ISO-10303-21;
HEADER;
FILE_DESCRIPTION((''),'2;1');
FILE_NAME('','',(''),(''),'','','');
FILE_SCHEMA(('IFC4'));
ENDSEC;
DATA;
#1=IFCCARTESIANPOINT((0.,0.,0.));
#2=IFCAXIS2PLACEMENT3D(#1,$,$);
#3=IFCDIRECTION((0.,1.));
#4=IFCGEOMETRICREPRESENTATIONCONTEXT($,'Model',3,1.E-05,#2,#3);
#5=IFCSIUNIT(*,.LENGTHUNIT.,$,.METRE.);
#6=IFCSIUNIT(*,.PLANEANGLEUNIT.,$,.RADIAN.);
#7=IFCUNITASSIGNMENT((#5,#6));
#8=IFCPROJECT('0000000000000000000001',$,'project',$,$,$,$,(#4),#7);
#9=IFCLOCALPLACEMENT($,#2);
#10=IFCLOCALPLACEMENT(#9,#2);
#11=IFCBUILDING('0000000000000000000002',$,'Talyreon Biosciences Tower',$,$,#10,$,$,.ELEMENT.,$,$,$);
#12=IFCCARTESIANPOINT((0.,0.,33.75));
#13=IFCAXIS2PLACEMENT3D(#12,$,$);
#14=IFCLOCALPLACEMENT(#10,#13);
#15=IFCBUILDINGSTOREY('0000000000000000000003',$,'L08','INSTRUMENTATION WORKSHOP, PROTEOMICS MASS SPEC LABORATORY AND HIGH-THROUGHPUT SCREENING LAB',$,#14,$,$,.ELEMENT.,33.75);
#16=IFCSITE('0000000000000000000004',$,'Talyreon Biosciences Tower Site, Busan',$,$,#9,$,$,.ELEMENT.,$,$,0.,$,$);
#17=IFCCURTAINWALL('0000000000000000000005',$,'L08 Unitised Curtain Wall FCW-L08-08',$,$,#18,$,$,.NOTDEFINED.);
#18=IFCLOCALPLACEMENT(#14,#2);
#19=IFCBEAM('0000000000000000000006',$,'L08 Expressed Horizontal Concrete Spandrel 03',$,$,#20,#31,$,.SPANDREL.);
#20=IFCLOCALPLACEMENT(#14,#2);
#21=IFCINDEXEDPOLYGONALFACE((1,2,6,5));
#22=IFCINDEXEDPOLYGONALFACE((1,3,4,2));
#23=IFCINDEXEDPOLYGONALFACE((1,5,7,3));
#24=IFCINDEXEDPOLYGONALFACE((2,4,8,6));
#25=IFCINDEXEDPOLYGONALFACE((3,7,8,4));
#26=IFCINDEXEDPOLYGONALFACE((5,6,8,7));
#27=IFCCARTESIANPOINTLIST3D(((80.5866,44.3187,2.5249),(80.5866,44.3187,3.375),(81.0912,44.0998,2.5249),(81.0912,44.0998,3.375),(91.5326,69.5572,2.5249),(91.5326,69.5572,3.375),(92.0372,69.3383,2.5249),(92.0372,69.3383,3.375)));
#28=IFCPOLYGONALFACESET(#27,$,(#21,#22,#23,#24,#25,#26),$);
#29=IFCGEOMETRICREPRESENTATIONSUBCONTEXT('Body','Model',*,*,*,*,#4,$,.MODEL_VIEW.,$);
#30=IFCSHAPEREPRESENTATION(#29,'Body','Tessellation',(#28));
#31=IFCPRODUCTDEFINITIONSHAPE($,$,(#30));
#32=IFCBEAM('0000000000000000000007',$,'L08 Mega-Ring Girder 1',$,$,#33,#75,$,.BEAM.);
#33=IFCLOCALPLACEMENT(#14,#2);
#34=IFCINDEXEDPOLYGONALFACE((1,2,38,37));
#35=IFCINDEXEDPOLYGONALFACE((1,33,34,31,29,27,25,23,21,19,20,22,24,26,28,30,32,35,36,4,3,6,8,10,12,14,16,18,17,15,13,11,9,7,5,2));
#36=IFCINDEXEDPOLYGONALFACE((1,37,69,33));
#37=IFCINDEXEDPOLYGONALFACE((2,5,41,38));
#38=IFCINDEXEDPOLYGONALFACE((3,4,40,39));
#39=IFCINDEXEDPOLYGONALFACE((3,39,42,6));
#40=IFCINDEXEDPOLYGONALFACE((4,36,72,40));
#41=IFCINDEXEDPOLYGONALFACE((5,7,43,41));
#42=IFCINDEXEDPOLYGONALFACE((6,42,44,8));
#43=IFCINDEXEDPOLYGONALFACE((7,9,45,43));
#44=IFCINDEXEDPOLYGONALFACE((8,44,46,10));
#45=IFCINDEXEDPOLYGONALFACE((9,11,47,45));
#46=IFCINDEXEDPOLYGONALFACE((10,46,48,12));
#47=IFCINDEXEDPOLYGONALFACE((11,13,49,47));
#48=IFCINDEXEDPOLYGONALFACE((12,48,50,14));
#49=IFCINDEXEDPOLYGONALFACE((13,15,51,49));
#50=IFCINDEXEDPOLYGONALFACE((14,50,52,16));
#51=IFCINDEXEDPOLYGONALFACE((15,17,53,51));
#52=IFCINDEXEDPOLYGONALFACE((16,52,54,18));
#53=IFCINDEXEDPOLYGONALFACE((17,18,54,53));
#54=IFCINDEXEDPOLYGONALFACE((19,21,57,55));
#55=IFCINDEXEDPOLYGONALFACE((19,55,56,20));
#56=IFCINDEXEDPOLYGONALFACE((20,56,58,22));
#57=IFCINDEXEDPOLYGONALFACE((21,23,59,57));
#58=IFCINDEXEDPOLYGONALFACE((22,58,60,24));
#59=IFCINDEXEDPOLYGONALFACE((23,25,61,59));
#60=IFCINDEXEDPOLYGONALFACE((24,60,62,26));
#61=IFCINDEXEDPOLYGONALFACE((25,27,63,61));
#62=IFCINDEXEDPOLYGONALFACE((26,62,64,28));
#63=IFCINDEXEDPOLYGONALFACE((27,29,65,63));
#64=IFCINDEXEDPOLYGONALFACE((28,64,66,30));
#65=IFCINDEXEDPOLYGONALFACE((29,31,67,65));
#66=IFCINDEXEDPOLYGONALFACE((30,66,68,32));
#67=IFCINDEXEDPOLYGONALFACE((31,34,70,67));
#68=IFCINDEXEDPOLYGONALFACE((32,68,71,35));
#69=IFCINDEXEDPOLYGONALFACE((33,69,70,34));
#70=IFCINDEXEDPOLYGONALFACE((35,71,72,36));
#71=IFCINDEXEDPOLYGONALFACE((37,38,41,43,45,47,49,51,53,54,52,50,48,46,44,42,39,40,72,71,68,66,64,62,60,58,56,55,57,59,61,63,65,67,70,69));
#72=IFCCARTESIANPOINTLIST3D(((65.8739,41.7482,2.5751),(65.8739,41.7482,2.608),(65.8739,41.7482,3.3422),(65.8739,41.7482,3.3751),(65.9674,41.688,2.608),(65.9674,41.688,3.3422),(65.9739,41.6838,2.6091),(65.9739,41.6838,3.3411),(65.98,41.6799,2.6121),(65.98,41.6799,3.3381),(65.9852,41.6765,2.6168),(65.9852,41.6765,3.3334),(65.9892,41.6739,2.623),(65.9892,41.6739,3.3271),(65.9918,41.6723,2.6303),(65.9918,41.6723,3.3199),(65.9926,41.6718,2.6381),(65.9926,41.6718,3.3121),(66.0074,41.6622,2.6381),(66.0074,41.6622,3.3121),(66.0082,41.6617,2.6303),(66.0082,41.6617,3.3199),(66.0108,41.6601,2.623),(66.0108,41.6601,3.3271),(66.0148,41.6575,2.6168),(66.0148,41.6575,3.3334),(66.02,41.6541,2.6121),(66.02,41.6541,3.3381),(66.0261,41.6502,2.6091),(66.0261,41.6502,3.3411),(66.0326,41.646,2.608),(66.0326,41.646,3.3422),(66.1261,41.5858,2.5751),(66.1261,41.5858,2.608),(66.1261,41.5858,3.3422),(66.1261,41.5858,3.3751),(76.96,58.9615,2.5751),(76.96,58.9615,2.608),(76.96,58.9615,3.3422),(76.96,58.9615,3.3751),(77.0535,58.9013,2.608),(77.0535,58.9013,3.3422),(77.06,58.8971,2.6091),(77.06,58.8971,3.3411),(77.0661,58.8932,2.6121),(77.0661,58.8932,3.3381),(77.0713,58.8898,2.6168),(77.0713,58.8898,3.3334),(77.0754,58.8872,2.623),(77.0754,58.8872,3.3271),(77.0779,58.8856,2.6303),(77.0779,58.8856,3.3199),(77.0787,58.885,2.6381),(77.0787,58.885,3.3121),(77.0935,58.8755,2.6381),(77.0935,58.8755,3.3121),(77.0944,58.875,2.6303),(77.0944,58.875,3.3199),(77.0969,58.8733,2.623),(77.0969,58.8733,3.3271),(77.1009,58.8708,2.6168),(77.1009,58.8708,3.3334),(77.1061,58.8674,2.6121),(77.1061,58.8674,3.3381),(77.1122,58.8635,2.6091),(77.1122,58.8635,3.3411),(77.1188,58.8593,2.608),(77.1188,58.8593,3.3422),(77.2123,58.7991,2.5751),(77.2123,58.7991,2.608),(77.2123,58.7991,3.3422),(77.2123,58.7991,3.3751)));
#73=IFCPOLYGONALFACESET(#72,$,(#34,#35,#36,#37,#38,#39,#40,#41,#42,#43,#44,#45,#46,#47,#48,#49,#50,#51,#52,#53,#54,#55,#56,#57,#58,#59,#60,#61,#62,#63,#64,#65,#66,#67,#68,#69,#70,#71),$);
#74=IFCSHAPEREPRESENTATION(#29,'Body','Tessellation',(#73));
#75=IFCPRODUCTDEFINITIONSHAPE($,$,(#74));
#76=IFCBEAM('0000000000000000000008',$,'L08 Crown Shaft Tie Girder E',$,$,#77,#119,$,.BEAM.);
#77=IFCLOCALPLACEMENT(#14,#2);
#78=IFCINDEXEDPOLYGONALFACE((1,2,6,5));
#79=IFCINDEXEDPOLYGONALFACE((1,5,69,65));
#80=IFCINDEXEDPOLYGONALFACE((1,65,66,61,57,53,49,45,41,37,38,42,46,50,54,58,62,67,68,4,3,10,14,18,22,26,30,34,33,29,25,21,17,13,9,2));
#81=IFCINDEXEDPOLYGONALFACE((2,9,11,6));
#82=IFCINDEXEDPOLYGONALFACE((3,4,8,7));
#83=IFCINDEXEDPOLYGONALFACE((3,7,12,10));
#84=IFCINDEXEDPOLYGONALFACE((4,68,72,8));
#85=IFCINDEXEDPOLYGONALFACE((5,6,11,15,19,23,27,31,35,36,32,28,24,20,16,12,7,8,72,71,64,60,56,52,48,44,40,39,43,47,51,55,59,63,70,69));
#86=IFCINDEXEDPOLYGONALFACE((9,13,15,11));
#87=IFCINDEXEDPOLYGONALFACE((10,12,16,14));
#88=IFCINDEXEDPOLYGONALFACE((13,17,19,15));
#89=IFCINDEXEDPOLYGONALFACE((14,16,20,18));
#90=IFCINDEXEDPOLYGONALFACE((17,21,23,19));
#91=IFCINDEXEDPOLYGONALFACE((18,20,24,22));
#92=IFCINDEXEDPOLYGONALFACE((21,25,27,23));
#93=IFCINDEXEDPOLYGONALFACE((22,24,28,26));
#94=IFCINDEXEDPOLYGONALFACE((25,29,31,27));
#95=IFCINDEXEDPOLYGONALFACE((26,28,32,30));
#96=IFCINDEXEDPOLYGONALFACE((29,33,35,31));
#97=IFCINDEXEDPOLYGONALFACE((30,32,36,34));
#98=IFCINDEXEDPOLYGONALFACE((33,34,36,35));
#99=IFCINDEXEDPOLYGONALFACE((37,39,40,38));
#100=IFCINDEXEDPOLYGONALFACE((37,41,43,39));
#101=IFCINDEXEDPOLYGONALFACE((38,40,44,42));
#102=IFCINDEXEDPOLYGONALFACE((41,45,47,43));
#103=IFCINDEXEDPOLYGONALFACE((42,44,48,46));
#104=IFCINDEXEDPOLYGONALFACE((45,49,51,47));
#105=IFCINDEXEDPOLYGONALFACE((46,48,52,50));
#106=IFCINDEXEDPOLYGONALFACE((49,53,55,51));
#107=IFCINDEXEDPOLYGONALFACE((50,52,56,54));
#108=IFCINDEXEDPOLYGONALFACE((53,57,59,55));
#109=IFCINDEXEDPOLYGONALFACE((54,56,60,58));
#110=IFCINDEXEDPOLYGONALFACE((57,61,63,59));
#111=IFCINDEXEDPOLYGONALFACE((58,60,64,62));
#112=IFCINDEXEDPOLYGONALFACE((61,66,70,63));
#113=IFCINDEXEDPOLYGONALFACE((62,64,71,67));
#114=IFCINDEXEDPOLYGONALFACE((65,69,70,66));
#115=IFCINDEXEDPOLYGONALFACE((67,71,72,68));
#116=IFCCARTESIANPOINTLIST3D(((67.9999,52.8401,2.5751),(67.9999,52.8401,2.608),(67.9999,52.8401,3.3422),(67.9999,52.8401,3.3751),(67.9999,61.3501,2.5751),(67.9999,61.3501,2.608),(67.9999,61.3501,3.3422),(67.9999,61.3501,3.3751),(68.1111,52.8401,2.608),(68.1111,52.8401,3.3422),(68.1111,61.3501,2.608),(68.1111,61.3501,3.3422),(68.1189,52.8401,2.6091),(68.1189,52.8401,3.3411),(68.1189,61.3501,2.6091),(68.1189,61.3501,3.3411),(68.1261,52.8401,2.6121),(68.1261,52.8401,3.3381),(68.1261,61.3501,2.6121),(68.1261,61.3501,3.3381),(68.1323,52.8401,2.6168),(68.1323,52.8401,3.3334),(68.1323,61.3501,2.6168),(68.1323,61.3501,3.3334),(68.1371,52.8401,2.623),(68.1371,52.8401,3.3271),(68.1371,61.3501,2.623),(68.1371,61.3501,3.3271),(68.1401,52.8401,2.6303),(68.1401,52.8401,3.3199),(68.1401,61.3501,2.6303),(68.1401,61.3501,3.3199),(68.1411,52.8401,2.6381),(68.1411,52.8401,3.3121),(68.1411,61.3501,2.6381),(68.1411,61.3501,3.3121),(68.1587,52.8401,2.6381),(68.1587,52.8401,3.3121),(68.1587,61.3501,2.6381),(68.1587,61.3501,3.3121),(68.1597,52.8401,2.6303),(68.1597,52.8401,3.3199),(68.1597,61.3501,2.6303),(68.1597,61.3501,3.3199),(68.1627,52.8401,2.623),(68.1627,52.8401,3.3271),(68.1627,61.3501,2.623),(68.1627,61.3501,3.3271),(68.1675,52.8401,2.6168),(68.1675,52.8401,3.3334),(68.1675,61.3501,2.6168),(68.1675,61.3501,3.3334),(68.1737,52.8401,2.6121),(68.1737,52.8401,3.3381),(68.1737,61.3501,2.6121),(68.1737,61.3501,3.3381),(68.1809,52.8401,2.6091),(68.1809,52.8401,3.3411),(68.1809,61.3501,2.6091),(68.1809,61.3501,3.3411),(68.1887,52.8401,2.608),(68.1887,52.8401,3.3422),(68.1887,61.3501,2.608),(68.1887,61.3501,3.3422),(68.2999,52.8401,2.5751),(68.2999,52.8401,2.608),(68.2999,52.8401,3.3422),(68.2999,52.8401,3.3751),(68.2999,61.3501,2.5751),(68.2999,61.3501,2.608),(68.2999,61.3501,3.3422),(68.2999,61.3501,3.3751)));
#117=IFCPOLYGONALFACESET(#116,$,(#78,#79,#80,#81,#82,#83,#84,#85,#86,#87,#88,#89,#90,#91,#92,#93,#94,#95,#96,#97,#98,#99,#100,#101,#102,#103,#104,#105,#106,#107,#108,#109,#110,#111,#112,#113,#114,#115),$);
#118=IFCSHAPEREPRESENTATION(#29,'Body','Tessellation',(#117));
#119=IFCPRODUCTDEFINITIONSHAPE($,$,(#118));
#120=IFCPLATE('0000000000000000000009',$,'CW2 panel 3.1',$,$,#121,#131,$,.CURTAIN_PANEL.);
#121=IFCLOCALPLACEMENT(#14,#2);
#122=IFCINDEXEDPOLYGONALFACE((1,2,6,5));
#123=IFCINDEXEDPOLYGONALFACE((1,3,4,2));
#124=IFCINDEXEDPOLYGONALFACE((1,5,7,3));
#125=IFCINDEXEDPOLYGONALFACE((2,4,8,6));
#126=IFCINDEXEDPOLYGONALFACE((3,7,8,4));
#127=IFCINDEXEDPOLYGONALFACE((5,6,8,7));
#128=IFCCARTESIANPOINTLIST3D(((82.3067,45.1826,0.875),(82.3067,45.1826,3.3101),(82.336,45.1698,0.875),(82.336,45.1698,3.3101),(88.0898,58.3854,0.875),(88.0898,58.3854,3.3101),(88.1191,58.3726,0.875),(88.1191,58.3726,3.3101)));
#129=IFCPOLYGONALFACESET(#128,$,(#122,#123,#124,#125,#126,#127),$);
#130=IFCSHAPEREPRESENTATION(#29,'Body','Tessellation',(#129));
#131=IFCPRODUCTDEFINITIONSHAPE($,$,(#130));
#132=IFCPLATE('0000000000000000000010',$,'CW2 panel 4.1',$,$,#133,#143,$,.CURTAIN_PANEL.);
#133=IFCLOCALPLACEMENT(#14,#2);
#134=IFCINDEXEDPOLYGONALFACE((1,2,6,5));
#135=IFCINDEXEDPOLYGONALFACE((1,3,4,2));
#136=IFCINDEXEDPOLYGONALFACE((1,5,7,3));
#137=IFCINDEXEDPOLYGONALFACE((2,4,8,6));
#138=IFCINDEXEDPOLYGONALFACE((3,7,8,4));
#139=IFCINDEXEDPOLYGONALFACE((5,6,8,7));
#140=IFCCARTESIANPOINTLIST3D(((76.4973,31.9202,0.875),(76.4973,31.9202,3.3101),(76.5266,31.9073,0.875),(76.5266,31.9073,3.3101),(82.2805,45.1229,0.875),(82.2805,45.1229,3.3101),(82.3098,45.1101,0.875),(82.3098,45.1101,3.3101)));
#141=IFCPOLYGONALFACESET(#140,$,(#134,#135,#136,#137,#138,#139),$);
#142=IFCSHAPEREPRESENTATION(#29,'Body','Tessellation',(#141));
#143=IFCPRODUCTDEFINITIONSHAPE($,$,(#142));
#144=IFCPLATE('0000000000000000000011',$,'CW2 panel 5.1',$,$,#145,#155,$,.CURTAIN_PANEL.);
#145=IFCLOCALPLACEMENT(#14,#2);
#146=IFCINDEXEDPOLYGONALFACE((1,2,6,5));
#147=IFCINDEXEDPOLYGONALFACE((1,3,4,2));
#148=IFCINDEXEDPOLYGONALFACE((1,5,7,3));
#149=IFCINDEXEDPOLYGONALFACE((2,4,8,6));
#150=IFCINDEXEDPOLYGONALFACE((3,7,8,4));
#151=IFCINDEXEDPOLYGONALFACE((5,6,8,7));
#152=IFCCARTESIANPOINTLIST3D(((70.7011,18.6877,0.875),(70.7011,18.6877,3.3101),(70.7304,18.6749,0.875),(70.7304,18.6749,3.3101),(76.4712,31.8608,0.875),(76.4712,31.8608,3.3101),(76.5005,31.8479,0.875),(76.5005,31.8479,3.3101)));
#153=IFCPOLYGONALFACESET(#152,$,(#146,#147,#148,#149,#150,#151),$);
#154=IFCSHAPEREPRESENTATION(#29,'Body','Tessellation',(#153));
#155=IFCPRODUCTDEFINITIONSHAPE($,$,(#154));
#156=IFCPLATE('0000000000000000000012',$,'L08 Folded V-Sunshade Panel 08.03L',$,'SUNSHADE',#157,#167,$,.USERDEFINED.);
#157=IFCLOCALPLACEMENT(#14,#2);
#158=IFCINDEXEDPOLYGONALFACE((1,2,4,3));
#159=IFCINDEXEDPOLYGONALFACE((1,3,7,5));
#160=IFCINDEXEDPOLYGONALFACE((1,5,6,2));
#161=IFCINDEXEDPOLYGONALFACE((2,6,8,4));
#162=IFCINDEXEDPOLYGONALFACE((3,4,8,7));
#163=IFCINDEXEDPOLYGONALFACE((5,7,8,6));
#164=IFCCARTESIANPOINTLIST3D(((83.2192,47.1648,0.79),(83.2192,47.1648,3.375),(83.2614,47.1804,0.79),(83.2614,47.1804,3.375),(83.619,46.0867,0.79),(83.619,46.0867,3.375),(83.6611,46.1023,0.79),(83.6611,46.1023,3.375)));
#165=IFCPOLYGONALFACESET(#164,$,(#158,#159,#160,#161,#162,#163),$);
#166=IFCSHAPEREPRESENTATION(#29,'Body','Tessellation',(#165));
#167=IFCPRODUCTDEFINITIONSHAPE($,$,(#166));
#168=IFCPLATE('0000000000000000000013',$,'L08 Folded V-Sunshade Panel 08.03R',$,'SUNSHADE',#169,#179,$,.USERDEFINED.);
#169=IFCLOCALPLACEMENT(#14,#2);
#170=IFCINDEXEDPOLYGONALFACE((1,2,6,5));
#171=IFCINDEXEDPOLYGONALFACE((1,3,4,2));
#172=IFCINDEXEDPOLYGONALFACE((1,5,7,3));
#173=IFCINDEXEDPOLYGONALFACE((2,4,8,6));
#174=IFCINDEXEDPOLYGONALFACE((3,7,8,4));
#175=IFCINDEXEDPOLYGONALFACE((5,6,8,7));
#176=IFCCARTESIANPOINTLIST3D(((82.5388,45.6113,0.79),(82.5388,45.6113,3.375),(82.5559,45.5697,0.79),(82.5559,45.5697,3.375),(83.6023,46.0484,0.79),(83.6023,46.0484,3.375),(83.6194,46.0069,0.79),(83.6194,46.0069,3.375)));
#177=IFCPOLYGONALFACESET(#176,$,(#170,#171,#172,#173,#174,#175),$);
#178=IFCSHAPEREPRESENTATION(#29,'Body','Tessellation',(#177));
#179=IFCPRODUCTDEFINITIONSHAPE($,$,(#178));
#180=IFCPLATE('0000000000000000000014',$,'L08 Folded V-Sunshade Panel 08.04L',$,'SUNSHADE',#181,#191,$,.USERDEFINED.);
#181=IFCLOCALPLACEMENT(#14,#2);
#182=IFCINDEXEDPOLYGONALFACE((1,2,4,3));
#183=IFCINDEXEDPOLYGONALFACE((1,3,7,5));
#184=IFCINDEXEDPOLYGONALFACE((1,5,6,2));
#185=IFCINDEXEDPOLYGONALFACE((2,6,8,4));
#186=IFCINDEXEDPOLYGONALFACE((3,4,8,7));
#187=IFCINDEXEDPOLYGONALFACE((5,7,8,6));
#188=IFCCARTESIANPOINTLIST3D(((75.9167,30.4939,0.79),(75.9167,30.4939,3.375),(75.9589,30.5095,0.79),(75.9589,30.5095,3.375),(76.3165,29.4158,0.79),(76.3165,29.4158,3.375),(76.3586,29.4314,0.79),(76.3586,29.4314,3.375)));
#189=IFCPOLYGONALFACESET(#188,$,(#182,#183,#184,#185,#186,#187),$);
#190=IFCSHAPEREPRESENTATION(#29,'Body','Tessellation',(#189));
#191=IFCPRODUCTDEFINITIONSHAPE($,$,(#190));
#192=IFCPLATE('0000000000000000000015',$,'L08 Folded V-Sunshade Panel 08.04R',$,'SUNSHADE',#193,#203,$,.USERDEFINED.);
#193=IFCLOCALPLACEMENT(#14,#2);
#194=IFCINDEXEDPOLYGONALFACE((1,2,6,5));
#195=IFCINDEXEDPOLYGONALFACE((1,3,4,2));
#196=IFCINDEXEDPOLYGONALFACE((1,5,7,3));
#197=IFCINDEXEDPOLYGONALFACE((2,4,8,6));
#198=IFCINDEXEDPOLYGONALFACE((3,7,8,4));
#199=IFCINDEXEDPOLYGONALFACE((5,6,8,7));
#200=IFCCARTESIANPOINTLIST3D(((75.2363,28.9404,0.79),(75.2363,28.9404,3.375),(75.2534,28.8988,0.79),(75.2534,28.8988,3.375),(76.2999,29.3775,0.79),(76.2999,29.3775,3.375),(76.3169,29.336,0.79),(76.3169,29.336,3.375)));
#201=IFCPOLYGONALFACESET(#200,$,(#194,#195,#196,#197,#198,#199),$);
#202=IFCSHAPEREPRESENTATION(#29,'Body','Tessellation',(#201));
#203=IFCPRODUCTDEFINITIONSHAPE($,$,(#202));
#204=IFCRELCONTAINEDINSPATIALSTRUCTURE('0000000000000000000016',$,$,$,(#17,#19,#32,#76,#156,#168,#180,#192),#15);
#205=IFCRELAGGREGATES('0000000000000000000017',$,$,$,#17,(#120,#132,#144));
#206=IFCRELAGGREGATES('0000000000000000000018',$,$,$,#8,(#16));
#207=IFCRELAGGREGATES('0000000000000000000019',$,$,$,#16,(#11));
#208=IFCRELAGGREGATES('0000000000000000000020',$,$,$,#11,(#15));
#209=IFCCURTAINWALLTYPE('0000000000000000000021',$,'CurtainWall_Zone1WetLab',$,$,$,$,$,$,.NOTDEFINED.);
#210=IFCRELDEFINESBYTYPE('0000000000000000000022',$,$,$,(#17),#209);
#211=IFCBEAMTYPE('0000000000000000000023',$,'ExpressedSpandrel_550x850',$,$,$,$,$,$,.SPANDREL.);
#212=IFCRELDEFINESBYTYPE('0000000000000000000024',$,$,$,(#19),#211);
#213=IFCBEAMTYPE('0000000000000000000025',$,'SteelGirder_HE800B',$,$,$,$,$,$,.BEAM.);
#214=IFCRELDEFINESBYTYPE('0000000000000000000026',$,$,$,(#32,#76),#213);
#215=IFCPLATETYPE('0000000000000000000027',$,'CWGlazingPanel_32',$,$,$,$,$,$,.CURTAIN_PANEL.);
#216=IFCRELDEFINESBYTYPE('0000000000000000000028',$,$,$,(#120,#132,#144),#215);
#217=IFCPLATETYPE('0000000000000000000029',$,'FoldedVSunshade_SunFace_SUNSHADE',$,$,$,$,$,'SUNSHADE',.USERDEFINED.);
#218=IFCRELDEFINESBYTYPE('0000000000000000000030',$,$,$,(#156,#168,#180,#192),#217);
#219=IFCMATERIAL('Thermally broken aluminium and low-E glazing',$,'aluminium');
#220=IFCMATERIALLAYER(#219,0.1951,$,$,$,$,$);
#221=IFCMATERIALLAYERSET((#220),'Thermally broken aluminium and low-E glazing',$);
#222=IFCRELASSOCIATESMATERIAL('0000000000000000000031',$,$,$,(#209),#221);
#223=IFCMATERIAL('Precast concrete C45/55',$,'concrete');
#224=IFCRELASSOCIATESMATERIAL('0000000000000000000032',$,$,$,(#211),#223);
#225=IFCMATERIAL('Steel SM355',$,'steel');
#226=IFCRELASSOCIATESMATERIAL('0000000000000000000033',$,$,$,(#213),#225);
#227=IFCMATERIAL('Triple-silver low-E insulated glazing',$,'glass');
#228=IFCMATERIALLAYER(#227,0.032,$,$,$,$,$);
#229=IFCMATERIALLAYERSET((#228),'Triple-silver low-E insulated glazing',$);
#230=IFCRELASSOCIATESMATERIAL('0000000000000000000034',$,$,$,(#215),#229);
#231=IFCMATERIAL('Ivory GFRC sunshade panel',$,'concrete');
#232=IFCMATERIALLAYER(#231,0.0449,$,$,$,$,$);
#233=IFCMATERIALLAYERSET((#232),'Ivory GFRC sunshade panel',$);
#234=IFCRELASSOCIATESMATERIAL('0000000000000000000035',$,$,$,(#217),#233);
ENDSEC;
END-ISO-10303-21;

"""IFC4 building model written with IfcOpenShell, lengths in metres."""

from ifc_helpers import new_model, si_unit, direction, frame, origin, origin_2d, place, context, subcontext, project, spatial, rectangle, i_section, extrude, material, layer, layer_set, material_profile, profile_set, type_object, element, aggregate, save


model = new_model("IFC4")

# Units and contexts
model_context = context("Model", 3, precision=1e-05, world=origin(), true_north=direction((0.0, 1.0)))
body_context = subcontext(model_context, "Body", "Model", "MODEL_VIEW")
ifc_project = project(units=[si_unit("LENGTHUNIT", "METRE"), si_unit("PLANEANGLEUNIT", "RADIAN")], contexts=[model_context])

# Site, building, storey
site_placement = place(None, origin())
site = spatial("IfcSite", under=ifc_project, at=site_placement, Name="Talyreon Biosciences Tower Site, Busan", CompositionType="ELEMENT", RefElevation=0.0)
building_placement = place(site_placement, origin())
building = spatial("IfcBuilding", under=site, at=building_placement, Name="Talyreon Biosciences Tower", CompositionType="ELEMENT")
storey_placement = place(building_placement, frame((0.0, 0.0, 33.75)))
storey = spatial("IfcBuildingStorey", under=building, at=storey_placement, Name="L08", Description="INSTRUMENTATION WORKSHOP, PROTEOMICS MASS SPEC LABORATORY AND HIGH-THROUGHPUT SCREENING LAB", CompositionType="ELEMENT", Elevation=33.75)

# Shared definitions
ifc_material_1 = material(Name="Precast concrete C45/55", Category="concrete")

# Curtain wall
ifc_material_2 = material(Name="Thermally broken aluminium and low-E glazing", Category="aluminium")
ifc_layer_1 = layer(ifc_material_2, 0.1951)
ifc_layer_set_1 = layer_set([ifc_layer_1], Name="Thermally broken aluminium and low-E glazing")
curtain_wall_type = type_object("IfcCurtainWallType", Name="CurtainWall_Zone1WetLab", PredefinedType="NOTDEFINED", material=ifc_layer_set_1)
curtain_wall_placement = place(storey_placement, origin())
curtain_wall = element("IfcCurtainWall", 1, at=curtain_wall_placement, inside=storey, type_object=curtain_wall_type, Name="L08 Unitised Curtain Wall FCW-L08-08", PredefinedType="NOTDEFINED")

# Beams
ifc_material_profile_1 = material_profile(ifc_material_1, rectangle(XDim=0.55, YDim=0.8501, at=origin_2d()), Name="RCB 550x850")
ifc_profile_set_1 = profile_set([ifc_material_profile_1], Name="Precast concrete C45/55")
beam_type_1 = type_object("IfcBeamType", Name="ExpressedSpandrel_550x850", PredefinedType="SPANDREL", material=ifc_profile_set_1)
beam_1_placement = place(storey_placement, frame((80.8389, 44.2092, 2.95), z_axis=(0.397894, 0.917432, 0.0), x_axis=(-0.917432, 0.397894, 0.0)))
element("IfcBeam", 2, at=beam_1_placement, inside=storey, type_object=beam_type_1, Name="L08 Expressed Horizontal Concrete Spandrel 03", PredefinedType="SPANDREL", context=body_context, shape_type="SweptSolid", body=[
    extrude(rectangle(XDim=0.55, YDim=0.8501, at=origin_2d()), origin(), (0.0, 0.0, 1.0), 27.51),
])
ifc_material_3 = material(Name="Steel SM355", Category="steel")
ifc_material_profile_2 = material_profile(ifc_material_3, i_section(OverallWidth=0.3, OverallDepth=0.8, WebThickness=0.0176, FlangeThickness=0.033, FilletRadius=0.03, at=origin_2d()), Name="HE800B")
ifc_profile_set_2 = profile_set([ifc_material_profile_2], Name="Steel SM355")
beam_type_2 = type_object("IfcBeamType", Name="SteelGirder_HE800B", PredefinedType="BEAM", material=ifc_profile_set_2)
beam_2_placement = place(storey_placement, frame((66.0, 41.667, 2.9751), z_axis=(0.541464, 0.840724, 0.0), x_axis=(-0.840724, 0.541464, 0.0)))
element("IfcBeam", 3, at=beam_2_placement, inside=storey, type_object=beam_type_2, Name="L08 Mega-Ring Girder 1", PredefinedType="BEAM", context=body_context, shape_type="SweptSolid", body=[
    extrude(i_section(OverallWidth=0.3, OverallDepth=0.8, WebThickness=0.0176, FlangeThickness=0.033, FilletRadius=0.03, at=origin_2d()), origin(), (0.0, 0.0, 1.0), 20.4744),
])
beam_3_placement = place(storey_placement, frame((68.1499, 52.8401, 2.9751), z_axis=(0.0, 1.0, 0.0), x_axis=(-1.0, 0.0, 0.0)))
element("IfcBeam", 4, at=beam_3_placement, inside=storey, type_object=beam_type_2, Name="L08 Crown Shaft Tie Girder E", PredefinedType="BEAM", context=body_context, shape_type="SweptSolid", body=[
    extrude(i_section(OverallWidth=0.3, OverallDepth=0.8, WebThickness=0.0176, FlangeThickness=0.033, FilletRadius=0.03, at=origin_2d()), origin(), (0.0, 0.0, 1.0), 8.51),
])

# Plates
ifc_material_4 = material(Name="Triple-silver low-E insulated glazing", Category="glass")
ifc_layer_2 = layer(ifc_material_4, 0.032)
ifc_layer_set_2 = layer_set([ifc_layer_2], Name="Triple-silver low-E insulated glazing")
plate_type_1 = type_object("IfcPlateType", Name="CWGlazingPanel_32", PredefinedType="CURTAIN_PANEL", material=ifc_layer_set_2)
plate_1_placement = place(storey_placement, frame((85.2129, 51.7776, 0.875), z_axis=(0.0, 0.0, 1.0), x_axis=(-0.401223, -0.91598, 0.0)))
plate_1 = element("IfcPlate", 5, at=plate_1_placement, type_object=plate_type_1, Name="CW2 panel 3.1", PredefinedType="CURTAIN_PANEL", context=body_context, shape_type="SweptSolid", body=[
    extrude(rectangle(XDim=14.4138, YDim=0.032, at=origin_2d()), origin(), (0.0, 0.0, 1.0), 2.4351),
])
plate_2_placement = place(storey_placement, frame((79.4036, 38.5151, 0.875), z_axis=(0.0, 0.0, 1.0), x_axis=(-0.401223, -0.91598, 0.0)))
plate_2 = element("IfcPlate", 6, at=plate_2_placement, type_object=plate_type_1, Name="CW2 panel 4.1", PredefinedType="CURTAIN_PANEL", context=body_context, shape_type="SweptSolid", body=[
    extrude(rectangle(XDim=14.4138, YDim=0.032, at=origin_2d()), origin(), (0.0, 0.0, 1.0), 2.4351),
])
plate_3_placement = place(storey_placement, frame((73.6008, 25.2678, 0.875), z_axis=(0.0, 0.0, 1.0), x_axis=(-0.401223, -0.91598, 0.0)))
plate_3 = element("IfcPlate", 7, at=plate_3_placement, type_object=plate_type_1, Name="CW2 panel 5.1", PredefinedType="CURTAIN_PANEL", context=body_context, shape_type="SweptSolid", body=[
    extrude(rectangle(XDim=14.3813, YDim=0.032, at=origin_2d()), origin(), (0.0, 0.0, 1.0), 2.4351),
])
aggregate(curtain_wall, [plate_1, plate_2, plate_3])

# Plates
ifc_material_5 = material(Name="Ivory GFRC sunshade panel", Category="concrete")
ifc_layer_3 = layer(ifc_material_5, 0.0449)
ifc_layer_set_3 = layer_set([ifc_layer_3], Name="Ivory GFRC sunshade panel")
plate_type_2 = type_object("IfcPlateType", Name="FoldedVSunshade_SunFace_SUNSHADE", ElementType="SUNSHADE", PredefinedType="USERDEFINED", material=ifc_layer_set_3)
for number, where, z_axis, x_axis, name in (
    (8, (83.4402, 46.6335, 0.79), (0.0, 0.0, 1.0), (0.347672, -0.937616, 0.0), "L08 Folded V-Sunshade Panel 08.03L"),
    (9, (83.0791, 45.8091, 0.79), (0.0, 0.0, 1.0), (-0.924911, -0.380183, 0.0), "L08 Folded V-Sunshade Panel 08.03R"),
    (10, (76.1377, 29.9626, 0.79), (0.0, 0.0, 1.0), (0.347672, -0.937616, 0.0), "L08 Folded V-Sunshade Panel 08.04L"),
    (11, (75.7766, 29.1382, 0.79), (0.0, 0.0, 1.0), (-0.924911, -0.380183, 0.0), "L08 Folded V-Sunshade Panel 08.04R"),
):
    element("IfcPlate", number, at=place(storey_placement, frame(where, z_axis=z_axis, x_axis=x_axis)), inside=storey, type_object=plate_type_2, Name=name, ObjectType="SUNSHADE", PredefinedType="USERDEFINED", context=body_context, shape_type="SweptSolid", body=[
        extrude(rectangle(XDim=1.1499, YDim=0.0449, at=origin_2d()), origin(), (0.0, 0.0, 1.0), 2.585),
    ])

save(model, "model.ifc")
